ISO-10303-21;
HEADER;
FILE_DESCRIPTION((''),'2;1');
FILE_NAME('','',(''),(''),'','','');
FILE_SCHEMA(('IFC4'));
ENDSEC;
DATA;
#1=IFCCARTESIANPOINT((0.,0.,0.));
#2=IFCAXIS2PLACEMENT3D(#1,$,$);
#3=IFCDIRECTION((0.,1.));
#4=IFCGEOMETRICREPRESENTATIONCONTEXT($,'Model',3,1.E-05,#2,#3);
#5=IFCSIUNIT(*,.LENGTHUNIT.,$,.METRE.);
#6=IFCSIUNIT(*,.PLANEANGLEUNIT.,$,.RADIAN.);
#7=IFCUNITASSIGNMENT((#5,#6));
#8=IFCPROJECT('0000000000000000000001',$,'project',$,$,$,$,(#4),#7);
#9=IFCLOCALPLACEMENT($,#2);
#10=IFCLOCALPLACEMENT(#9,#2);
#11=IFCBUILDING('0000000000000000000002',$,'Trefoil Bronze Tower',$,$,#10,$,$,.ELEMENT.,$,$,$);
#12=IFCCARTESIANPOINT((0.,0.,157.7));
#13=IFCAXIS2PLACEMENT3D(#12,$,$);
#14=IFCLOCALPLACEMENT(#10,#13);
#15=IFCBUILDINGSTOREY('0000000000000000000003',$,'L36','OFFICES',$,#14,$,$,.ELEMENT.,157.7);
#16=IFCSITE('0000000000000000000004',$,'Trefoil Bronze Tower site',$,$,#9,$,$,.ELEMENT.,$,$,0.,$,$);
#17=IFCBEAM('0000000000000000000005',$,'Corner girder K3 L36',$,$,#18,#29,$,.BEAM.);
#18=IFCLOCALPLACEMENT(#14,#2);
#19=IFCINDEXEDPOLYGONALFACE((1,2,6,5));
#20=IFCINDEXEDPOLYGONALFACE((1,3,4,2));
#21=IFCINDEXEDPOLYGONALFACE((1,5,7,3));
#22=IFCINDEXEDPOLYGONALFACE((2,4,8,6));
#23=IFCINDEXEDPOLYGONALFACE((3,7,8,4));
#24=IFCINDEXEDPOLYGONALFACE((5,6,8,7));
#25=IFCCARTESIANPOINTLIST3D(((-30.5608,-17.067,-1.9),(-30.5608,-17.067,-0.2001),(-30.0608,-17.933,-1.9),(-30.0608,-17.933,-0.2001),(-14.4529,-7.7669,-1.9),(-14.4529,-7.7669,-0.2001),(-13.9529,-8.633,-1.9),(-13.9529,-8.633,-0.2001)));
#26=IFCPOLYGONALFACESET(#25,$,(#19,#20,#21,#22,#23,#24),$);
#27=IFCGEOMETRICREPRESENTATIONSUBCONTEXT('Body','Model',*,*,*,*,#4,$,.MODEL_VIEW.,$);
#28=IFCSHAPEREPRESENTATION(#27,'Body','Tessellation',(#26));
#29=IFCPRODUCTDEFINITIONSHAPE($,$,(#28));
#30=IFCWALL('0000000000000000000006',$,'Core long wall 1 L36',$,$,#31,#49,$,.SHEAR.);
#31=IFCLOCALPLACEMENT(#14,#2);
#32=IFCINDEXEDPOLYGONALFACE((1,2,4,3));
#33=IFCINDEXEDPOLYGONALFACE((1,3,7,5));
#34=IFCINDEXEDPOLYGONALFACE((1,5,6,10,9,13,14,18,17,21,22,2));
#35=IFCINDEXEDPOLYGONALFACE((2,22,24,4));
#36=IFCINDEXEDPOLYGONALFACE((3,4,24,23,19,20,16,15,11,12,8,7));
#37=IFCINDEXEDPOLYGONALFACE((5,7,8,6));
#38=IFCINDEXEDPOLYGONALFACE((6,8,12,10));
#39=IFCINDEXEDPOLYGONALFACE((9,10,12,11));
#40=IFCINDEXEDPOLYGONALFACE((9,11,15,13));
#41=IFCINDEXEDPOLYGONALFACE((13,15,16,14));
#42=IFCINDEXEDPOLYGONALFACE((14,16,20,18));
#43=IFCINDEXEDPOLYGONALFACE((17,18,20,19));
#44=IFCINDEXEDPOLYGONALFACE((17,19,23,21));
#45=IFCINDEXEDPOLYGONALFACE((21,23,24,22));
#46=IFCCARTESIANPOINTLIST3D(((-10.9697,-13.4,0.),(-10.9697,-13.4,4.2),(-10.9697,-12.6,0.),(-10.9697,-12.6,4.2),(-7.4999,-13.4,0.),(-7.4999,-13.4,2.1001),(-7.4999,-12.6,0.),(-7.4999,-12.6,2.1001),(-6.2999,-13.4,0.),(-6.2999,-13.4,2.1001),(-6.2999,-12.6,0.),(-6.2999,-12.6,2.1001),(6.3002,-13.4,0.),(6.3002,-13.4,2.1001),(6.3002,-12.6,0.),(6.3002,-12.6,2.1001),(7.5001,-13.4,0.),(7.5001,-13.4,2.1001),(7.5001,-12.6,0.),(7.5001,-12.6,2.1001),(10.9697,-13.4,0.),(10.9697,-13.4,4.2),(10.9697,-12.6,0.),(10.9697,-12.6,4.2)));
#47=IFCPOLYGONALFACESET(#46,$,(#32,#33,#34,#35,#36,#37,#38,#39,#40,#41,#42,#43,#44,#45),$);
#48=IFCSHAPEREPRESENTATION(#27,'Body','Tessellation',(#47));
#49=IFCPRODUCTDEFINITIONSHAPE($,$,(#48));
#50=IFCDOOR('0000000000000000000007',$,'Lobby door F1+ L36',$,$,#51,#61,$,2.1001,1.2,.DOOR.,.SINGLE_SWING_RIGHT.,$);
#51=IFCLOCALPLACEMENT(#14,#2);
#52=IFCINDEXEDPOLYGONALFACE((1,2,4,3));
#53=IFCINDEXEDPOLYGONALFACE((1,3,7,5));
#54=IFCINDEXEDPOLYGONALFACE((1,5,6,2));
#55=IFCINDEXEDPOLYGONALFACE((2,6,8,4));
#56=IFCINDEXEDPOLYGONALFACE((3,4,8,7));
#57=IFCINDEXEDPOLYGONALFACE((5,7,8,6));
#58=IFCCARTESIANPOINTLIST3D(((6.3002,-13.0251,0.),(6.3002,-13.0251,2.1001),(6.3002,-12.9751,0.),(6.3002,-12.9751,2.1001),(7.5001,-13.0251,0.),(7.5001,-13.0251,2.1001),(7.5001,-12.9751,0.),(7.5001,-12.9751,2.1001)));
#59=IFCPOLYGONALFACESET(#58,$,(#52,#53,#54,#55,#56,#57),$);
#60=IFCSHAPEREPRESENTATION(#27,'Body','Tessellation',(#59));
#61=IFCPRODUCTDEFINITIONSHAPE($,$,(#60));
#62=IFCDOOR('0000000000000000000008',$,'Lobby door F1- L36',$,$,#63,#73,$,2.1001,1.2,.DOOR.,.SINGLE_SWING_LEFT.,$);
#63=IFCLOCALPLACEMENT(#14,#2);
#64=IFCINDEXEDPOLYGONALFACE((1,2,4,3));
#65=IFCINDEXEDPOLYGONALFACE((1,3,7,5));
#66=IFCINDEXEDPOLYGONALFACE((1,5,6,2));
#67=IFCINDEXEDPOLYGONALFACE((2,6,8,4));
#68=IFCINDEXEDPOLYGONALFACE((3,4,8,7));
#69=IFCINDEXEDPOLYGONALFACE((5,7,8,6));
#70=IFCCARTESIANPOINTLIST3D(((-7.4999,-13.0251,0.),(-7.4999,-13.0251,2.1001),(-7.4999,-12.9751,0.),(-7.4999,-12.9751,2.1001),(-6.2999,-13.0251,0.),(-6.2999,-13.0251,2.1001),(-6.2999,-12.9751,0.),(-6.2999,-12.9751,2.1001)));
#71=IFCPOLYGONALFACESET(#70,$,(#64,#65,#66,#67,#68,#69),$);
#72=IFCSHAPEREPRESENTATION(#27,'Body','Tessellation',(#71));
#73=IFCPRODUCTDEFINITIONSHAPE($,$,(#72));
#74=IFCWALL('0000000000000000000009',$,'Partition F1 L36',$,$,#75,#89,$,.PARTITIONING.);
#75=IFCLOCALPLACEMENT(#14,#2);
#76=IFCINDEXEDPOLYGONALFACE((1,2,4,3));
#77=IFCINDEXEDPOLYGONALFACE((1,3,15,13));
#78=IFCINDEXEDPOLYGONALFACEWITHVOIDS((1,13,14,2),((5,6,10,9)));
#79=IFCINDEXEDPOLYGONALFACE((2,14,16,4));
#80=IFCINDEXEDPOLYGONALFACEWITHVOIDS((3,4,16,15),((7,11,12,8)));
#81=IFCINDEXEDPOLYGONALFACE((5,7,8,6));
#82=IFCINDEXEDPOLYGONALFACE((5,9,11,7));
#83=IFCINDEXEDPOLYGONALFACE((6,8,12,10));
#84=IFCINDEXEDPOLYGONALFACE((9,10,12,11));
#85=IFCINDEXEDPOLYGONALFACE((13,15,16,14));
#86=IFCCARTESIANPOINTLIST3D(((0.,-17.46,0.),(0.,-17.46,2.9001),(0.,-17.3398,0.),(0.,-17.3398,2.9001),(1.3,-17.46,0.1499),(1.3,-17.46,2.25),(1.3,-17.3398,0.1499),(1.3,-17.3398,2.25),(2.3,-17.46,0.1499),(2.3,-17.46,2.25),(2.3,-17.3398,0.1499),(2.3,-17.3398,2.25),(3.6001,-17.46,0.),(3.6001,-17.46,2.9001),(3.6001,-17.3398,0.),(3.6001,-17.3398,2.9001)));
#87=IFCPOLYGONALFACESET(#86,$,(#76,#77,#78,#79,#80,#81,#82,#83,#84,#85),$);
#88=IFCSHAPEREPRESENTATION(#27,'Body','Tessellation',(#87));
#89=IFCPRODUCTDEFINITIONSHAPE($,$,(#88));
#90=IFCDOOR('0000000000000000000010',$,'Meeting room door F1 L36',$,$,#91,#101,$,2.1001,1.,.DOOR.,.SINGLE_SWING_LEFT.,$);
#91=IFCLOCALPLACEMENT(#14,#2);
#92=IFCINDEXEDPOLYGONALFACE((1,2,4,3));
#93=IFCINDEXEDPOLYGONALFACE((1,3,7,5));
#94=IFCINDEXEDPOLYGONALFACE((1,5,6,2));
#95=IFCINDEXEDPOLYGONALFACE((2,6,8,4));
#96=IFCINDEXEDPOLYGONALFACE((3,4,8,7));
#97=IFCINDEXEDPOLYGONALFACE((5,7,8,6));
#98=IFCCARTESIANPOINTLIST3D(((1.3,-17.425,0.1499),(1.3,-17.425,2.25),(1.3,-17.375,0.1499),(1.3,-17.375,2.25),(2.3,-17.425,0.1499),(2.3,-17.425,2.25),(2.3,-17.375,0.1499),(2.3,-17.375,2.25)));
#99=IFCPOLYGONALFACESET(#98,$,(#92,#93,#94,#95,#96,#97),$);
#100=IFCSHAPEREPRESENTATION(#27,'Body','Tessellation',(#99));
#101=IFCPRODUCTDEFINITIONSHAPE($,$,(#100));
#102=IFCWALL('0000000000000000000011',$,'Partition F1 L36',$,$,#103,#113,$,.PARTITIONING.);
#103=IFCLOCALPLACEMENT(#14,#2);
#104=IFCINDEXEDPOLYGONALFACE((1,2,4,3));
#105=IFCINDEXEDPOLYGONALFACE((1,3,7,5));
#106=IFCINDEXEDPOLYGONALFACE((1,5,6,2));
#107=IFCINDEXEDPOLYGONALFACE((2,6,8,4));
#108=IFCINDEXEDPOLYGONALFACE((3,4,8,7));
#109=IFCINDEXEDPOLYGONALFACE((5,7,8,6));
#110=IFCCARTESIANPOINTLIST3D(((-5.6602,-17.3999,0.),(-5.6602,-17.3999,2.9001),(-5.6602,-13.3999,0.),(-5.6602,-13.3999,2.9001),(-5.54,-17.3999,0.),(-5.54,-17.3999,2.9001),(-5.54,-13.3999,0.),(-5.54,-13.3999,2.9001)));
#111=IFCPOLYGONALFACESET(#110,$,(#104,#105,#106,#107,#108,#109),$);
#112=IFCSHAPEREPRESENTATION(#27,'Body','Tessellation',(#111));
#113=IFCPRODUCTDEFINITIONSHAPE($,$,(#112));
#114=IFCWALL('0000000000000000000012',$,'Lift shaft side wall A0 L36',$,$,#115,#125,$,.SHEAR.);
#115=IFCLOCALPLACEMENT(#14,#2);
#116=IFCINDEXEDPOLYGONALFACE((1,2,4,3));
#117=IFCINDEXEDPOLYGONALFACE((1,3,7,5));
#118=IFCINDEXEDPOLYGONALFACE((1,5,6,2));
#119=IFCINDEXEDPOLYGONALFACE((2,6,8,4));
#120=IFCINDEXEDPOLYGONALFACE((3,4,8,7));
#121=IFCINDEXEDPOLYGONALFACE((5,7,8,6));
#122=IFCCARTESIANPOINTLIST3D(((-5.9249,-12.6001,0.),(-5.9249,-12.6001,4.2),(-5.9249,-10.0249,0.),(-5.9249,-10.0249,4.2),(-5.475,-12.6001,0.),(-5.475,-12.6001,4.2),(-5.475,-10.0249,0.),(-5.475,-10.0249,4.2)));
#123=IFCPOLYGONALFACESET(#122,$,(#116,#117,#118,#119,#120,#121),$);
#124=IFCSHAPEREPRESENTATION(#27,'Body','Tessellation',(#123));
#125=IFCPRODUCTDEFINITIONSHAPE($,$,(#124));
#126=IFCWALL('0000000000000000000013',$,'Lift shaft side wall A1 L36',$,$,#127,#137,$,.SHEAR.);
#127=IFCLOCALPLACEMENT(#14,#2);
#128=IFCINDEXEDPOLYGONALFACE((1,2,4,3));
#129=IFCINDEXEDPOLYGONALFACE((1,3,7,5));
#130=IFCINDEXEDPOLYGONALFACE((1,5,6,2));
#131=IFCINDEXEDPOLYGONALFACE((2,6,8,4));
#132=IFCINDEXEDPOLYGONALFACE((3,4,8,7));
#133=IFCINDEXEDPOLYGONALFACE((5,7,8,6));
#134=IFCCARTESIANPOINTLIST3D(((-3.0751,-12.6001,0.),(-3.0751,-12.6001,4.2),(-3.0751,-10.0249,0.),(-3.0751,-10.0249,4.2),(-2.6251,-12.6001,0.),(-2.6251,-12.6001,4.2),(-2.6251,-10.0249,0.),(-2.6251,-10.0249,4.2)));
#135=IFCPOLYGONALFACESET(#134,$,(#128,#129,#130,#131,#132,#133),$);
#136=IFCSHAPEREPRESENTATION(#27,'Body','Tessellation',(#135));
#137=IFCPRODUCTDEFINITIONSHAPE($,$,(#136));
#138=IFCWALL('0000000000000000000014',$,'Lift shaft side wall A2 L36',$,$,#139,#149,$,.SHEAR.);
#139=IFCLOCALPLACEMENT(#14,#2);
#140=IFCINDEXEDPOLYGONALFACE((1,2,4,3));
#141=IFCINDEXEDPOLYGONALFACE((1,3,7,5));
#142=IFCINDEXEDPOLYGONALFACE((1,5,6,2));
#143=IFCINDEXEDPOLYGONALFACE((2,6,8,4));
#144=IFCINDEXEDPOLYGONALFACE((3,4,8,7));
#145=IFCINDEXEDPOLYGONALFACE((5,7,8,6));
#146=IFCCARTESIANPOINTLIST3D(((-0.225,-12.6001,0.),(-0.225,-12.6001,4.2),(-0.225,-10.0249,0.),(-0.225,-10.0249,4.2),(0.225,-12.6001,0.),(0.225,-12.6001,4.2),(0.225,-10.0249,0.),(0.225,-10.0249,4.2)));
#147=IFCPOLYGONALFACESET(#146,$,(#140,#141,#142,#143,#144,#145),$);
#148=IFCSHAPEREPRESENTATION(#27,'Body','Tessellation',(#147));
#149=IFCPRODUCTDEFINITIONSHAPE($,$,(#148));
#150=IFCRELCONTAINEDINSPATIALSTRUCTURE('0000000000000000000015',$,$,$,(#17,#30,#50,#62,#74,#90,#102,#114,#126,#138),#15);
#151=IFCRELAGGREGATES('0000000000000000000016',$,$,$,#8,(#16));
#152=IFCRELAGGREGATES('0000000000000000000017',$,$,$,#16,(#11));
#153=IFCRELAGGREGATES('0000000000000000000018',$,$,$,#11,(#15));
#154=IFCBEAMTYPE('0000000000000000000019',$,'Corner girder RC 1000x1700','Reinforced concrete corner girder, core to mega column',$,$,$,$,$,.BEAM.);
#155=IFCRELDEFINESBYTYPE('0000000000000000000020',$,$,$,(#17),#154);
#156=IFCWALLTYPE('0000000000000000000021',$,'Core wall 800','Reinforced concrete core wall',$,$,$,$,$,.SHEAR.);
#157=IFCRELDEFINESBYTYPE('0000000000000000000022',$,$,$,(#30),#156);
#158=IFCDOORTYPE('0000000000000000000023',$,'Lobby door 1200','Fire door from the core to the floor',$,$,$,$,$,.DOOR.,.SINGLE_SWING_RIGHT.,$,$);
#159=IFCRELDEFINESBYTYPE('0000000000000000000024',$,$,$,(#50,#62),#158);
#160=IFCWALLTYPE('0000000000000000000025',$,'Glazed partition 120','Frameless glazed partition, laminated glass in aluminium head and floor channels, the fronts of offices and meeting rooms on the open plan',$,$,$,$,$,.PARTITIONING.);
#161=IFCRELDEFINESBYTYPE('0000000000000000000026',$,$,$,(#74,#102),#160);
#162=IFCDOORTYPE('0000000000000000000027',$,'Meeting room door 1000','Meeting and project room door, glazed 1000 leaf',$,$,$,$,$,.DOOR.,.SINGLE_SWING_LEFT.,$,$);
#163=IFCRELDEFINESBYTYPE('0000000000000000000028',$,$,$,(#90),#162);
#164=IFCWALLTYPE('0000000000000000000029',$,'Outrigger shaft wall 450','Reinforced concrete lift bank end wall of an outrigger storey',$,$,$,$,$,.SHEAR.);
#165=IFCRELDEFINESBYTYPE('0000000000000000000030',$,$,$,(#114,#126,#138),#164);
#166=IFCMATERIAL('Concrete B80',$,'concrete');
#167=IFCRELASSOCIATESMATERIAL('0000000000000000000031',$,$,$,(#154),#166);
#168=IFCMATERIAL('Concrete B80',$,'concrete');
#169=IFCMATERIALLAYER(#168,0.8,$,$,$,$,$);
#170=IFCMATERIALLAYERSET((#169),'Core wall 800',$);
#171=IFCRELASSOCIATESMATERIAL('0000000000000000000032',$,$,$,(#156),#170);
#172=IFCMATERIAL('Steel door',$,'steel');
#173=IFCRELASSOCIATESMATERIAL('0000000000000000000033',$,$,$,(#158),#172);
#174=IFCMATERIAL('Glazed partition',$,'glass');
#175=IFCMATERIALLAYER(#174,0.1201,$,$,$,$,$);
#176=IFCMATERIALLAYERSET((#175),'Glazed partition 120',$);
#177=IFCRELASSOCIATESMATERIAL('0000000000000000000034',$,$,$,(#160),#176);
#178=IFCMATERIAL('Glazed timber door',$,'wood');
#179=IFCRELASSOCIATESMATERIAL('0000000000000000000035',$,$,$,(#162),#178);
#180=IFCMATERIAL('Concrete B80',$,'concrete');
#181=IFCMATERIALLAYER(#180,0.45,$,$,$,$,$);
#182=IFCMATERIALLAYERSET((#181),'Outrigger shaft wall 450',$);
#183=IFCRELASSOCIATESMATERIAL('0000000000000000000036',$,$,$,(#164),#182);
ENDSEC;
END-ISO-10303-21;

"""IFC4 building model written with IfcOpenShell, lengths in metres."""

from ifc_helpers import new_model, si_unit, direction, frame, frame_2d, origin, origin_2d, place, context, subcontext, project, spatial, rectangle, extrude, material, layer, layer_set, material_profile, profile_set, type_object, element, fill, save


model = new_model("IFC4")

# Units and contexts
model_context = context("Model", 3, precision=1e-05, world=origin(), true_north=direction((0.0, 1.0)))
body_context = subcontext(model_context, "Body", "Model", "MODEL_VIEW")
ifc_project = project(units=[si_unit("LENGTHUNIT", "METRE"), si_unit("PLANEANGLEUNIT", "RADIAN")], contexts=[model_context])

# Site, building, storey
site_placement = place(None, origin())
site = spatial("IfcSite", under=ifc_project, at=site_placement, Name="Trefoil Bronze Tower site", CompositionType="ELEMENT", RefElevation=0.0)
building_placement = place(site_placement, origin())
building = spatial("IfcBuilding", under=site, at=building_placement, Name="Trefoil Bronze Tower", CompositionType="ELEMENT")
storey_placement = place(building_placement, frame((0.0, 0.0, 157.7)))
storey = spatial("IfcBuildingStorey", under=building, at=storey_placement, Name="L36", Description="OFFICES", CompositionType="ELEMENT", Elevation=157.7)

# Beam
ifc_material_1 = material(Name="Concrete B80", Category="concrete")
ifc_material_profile_1 = material_profile(ifc_material_1, rectangle(XDim=1.0, YDim=1.7, at=origin_2d()), Name="RC 1000x1700")
ifc_profile_set_1 = profile_set([ifc_material_profile_1], Name="Concrete B80")
beam_type_1 = type_object("IfcBeamType", Name="Corner girder RC 1000x1700", Description="Reinforced concrete corner girder, core to mega column", PredefinedType="BEAM", material=ifc_profile_set_1)
beam_1_placement = place(storey_placement, frame((-14.2029, -8.2, -1.05), z_axis=(-0.866022, -0.500006, 0.0), x_axis=(0.500006, -0.866022, 0.0)))
element("IfcBeam", 1, at=beam_1_placement, inside=storey, type_object=beam_type_1, Name="Corner girder K3 L36", PredefinedType="BEAM", context=body_context, shape_type="SweptSolid", body=[
    extrude(rectangle(XDim=1.0, YDim=1.7, at=origin_2d()), origin(), (0.0, 0.0, 1.0), 18.5999),
])

# Wall, openings, doors
ifc_material_2 = material(Name="Concrete B80", Category="concrete")
ifc_layer_1 = layer(ifc_material_2, 0.8)
ifc_layer_set_1 = layer_set([ifc_layer_1], Name="Core wall 800")
wall_type_1 = type_object("IfcWallType", Name="Core wall 800", Description="Reinforced concrete core wall", PredefinedType="SHEAR", material=ifc_layer_set_1)
wall_1_placement = place(storey_placement, frame((-10.9697, -13.0, 0.0), z_axis=(0.0, 0.0, 1.0), x_axis=(1.0, 0.0, 0.0)))
wall_1 = element("IfcWall", 2, at=wall_1_placement, inside=storey, type_object=wall_type_1, Name="Core long wall 1 L36", PredefinedType="SHEAR", context=body_context, shape_type="SweptSolid", body=[
    extrude(rectangle(XDim=21.9395, YDim=0.8, at=frame_2d((10.9697, 0.0))), origin(), (0.0, 0.0, 1.0), 4.2),
])
opening_1_placement = place(wall_1_placement, frame((17.2698, 0.0, 0.0)))
opening_1 = element("IfcOpeningElement", 3, at=opening_1_placement, cuts=wall_1, PredefinedType="OPENING", context=body_context, shape_type="SweptSolid", body=[
    extrude(rectangle(XDim=1.2, YDim=2.1001, at=frame_2d((0.6001, 1.05))), frame((0.0, 0.4099, 0.0), z_axis=(0.0, -1.0, 0.0), x_axis=(1.0, 0.0, 0.0)), (0.0, 0.0, 1.0), 0.8201),
])
opening_2_placement = place(wall_1_placement, frame((3.4697, 0.0, 0.0)))
opening_2 = element("IfcOpeningElement", 4, at=opening_2_placement, cuts=wall_1, PredefinedType="OPENING", context=body_context, shape_type="SweptSolid", body=[
    extrude(rectangle(XDim=1.2, YDim=2.1001, at=frame_2d((0.6001, 1.05))), frame((0.0, 0.4099, 0.0), z_axis=(0.0, -1.0, 0.0), x_axis=(1.0, 0.0, 0.0)), (0.0, 0.0, 1.0), 0.8201),
])
ifc_material_3 = material(Name="Steel door", Category="steel")
door_type_1 = type_object("IfcDoorType", Name="Lobby door 1200", Description="Fire door from the core to the floor", OperationType="SINGLE_SWING_RIGHT", PredefinedType="DOOR", material=ifc_material_3)
door_1_placement = place(opening_1_placement, origin())
door_1 = element("IfcDoor", 5, at=door_1_placement, inside=storey, type_object=door_type_1, Name="Lobby door F1+ L36", OperationType="SINGLE_SWING_RIGHT", OverallHeight=2.1001, OverallWidth=1.2, PredefinedType="DOOR", context=body_context, shape_type="SweptSolid", body=[
    extrude(rectangle(XDim=1.2, YDim=2.1001, at=frame_2d((0.6001, 1.05))), frame((0.0, 0.0249, 0.0), z_axis=(0.0, -1.0, 0.0), x_axis=(1.0, 0.0, 0.0)), (0.0, 0.0, 1.0), 0.05),
])
fill(opening_1, door_1)
door_2_placement = place(opening_2_placement, origin())
door_2 = element("IfcDoor", 6, at=door_2_placement, inside=storey, type_object=door_type_1, Name="Lobby door F1- L36", OperationType="SINGLE_SWING_LEFT", OverallHeight=2.1001, OverallWidth=1.2, PredefinedType="DOOR", context=body_context, shape_type="SweptSolid", body=[
    extrude(rectangle(XDim=1.2, YDim=2.1001, at=frame_2d((0.6001, 1.05))), frame((0.0, 0.0249, 0.0), z_axis=(0.0, -1.0, 0.0), x_axis=(1.0, 0.0, 0.0)), (0.0, 0.0, 1.0), 0.05),
])
fill(opening_2, door_2)

# Wall, opening, door
ifc_material_4 = material(Name="Glazed partition", Category="glass")
ifc_layer_2 = layer(ifc_material_4, 0.1201)
ifc_layer_set_2 = layer_set([ifc_layer_2], Name="Glazed partition 120")
wall_type_2 = type_object("IfcWallType", Name="Glazed partition 120", Description="Frameless glazed partition, laminated glass in aluminium head and floor channels, the fronts of offices and meeting rooms on the open plan", PredefinedType="PARTITIONING", material=ifc_layer_set_2)
wall_2_placement = place(storey_placement, frame((0.0, -17.3999, 0.0), z_axis=(0.0, 0.0, 1.0), x_axis=(1.0, 0.0, 0.0)))
wall_2 = element("IfcWall", 7, at=wall_2_placement, inside=storey, type_object=wall_type_2, Name="Partition F1 L36", PredefinedType="PARTITIONING", context=body_context, shape_type="SweptSolid", body=[
    extrude(rectangle(XDim=3.6001, YDim=0.1201, at=frame_2d((1.8, 0.0))), origin(), (0.0, 0.0, 1.0), 2.9001),
])
opening_3_placement = place(wall_2_placement, frame((1.3, 0.0, 0.1499)))
opening_3 = element("IfcOpeningElement", 8, at=opening_3_placement, cuts=wall_2, PredefinedType="OPENING", context=body_context, shape_type="SweptSolid", body=[
    extrude(rectangle(XDim=1.0, YDim=2.1001, at=frame_2d((0.5, 1.05))), frame((0.0, 0.0701, 0.0), z_axis=(0.0, -1.0, 0.0), x_axis=(1.0, 0.0, 0.0)), (0.0, 0.0, 1.0), 0.1401),
])
ifc_material_5 = material(Name="Glazed timber door", Category="wood")
door_type_2 = type_object("IfcDoorType", Name="Meeting room door 1000", Description="Meeting and project room door, glazed 1000 leaf", OperationType="SINGLE_SWING_LEFT", PredefinedType="DOOR", material=ifc_material_5)
door_3_placement = place(opening_3_placement, origin())
door_3 = element("IfcDoor", 9, at=door_3_placement, inside=storey, type_object=door_type_2, Name="Meeting room door F1 L36", OperationType="SINGLE_SWING_LEFT", OverallHeight=2.1001, OverallWidth=1.0, PredefinedType="DOOR", context=body_context, shape_type="SweptSolid", body=[
    extrude(rectangle(XDim=1.0, YDim=2.1001, at=frame_2d((0.5, 1.05))), frame((0.0, 0.0249, 0.0), z_axis=(0.0, -1.0, 0.0), x_axis=(1.0, 0.0, 0.0)), (0.0, 0.0, 1.0), 0.05),
])
fill(opening_3, door_3)

# Walls
wall_3_placement = place(storey_placement, frame((-5.6001, -13.3999, 0.0), z_axis=(0.0, 0.0, 1.0), x_axis=(0.0, -1.0, 0.0)))
element("IfcWall", 10, at=wall_3_placement, inside=storey, type_object=wall_type_2, Name="Partition F1 L36", PredefinedType="PARTITIONING", context=body_context, shape_type="SweptSolid", body=[
    extrude(rectangle(XDim=4.0, YDim=0.1201, at=frame_2d((2.0, 0.0))), origin(), (0.0, 0.0, 1.0), 2.9001),
])
ifc_material_6 = material(Name="Concrete B80", Category="concrete")
ifc_layer_3 = layer(ifc_material_6, 0.45)
ifc_layer_set_3 = layer_set([ifc_layer_3], Name="Outrigger shaft wall 450")
wall_type_3 = type_object("IfcWallType", Name="Outrigger shaft wall 450", Description="Reinforced concrete lift bank end wall of an outrigger storey", PredefinedType="SHEAR", material=ifc_layer_set_3)
for number, where, z_axis, x_axis, name in (
    (11, (-5.7, -10.0249, 0.0), (0.0, 0.0, 1.0), (0.0, -1.0, 0.0), "Lift shaft side wall A0 L36"),
    (12, (-2.8501, -10.0249, 0.0), (0.0, 0.0, 1.0), (0.0, -1.0, 0.0), "Lift shaft side wall A1 L36"),
    (13, (0.0, -10.0249, 0.0), (0.0, 0.0, 1.0), (0.0, -1.0, 0.0), "Lift shaft side wall A2 L36"),
):
    element("IfcWall", number, at=place(storey_placement, frame(where, z_axis=z_axis, x_axis=x_axis)), inside=storey, type_object=wall_type_3, Name=name, PredefinedType="SHEAR", context=body_context, shape_type="SweptSolid", body=[
        extrude(rectangle(XDim=2.5752, YDim=0.45, at=frame_2d((1.2876, 0.0))), origin(), (0.0, 0.0, 1.0), 4.2),
    ])

save(model, "model.ifc")
